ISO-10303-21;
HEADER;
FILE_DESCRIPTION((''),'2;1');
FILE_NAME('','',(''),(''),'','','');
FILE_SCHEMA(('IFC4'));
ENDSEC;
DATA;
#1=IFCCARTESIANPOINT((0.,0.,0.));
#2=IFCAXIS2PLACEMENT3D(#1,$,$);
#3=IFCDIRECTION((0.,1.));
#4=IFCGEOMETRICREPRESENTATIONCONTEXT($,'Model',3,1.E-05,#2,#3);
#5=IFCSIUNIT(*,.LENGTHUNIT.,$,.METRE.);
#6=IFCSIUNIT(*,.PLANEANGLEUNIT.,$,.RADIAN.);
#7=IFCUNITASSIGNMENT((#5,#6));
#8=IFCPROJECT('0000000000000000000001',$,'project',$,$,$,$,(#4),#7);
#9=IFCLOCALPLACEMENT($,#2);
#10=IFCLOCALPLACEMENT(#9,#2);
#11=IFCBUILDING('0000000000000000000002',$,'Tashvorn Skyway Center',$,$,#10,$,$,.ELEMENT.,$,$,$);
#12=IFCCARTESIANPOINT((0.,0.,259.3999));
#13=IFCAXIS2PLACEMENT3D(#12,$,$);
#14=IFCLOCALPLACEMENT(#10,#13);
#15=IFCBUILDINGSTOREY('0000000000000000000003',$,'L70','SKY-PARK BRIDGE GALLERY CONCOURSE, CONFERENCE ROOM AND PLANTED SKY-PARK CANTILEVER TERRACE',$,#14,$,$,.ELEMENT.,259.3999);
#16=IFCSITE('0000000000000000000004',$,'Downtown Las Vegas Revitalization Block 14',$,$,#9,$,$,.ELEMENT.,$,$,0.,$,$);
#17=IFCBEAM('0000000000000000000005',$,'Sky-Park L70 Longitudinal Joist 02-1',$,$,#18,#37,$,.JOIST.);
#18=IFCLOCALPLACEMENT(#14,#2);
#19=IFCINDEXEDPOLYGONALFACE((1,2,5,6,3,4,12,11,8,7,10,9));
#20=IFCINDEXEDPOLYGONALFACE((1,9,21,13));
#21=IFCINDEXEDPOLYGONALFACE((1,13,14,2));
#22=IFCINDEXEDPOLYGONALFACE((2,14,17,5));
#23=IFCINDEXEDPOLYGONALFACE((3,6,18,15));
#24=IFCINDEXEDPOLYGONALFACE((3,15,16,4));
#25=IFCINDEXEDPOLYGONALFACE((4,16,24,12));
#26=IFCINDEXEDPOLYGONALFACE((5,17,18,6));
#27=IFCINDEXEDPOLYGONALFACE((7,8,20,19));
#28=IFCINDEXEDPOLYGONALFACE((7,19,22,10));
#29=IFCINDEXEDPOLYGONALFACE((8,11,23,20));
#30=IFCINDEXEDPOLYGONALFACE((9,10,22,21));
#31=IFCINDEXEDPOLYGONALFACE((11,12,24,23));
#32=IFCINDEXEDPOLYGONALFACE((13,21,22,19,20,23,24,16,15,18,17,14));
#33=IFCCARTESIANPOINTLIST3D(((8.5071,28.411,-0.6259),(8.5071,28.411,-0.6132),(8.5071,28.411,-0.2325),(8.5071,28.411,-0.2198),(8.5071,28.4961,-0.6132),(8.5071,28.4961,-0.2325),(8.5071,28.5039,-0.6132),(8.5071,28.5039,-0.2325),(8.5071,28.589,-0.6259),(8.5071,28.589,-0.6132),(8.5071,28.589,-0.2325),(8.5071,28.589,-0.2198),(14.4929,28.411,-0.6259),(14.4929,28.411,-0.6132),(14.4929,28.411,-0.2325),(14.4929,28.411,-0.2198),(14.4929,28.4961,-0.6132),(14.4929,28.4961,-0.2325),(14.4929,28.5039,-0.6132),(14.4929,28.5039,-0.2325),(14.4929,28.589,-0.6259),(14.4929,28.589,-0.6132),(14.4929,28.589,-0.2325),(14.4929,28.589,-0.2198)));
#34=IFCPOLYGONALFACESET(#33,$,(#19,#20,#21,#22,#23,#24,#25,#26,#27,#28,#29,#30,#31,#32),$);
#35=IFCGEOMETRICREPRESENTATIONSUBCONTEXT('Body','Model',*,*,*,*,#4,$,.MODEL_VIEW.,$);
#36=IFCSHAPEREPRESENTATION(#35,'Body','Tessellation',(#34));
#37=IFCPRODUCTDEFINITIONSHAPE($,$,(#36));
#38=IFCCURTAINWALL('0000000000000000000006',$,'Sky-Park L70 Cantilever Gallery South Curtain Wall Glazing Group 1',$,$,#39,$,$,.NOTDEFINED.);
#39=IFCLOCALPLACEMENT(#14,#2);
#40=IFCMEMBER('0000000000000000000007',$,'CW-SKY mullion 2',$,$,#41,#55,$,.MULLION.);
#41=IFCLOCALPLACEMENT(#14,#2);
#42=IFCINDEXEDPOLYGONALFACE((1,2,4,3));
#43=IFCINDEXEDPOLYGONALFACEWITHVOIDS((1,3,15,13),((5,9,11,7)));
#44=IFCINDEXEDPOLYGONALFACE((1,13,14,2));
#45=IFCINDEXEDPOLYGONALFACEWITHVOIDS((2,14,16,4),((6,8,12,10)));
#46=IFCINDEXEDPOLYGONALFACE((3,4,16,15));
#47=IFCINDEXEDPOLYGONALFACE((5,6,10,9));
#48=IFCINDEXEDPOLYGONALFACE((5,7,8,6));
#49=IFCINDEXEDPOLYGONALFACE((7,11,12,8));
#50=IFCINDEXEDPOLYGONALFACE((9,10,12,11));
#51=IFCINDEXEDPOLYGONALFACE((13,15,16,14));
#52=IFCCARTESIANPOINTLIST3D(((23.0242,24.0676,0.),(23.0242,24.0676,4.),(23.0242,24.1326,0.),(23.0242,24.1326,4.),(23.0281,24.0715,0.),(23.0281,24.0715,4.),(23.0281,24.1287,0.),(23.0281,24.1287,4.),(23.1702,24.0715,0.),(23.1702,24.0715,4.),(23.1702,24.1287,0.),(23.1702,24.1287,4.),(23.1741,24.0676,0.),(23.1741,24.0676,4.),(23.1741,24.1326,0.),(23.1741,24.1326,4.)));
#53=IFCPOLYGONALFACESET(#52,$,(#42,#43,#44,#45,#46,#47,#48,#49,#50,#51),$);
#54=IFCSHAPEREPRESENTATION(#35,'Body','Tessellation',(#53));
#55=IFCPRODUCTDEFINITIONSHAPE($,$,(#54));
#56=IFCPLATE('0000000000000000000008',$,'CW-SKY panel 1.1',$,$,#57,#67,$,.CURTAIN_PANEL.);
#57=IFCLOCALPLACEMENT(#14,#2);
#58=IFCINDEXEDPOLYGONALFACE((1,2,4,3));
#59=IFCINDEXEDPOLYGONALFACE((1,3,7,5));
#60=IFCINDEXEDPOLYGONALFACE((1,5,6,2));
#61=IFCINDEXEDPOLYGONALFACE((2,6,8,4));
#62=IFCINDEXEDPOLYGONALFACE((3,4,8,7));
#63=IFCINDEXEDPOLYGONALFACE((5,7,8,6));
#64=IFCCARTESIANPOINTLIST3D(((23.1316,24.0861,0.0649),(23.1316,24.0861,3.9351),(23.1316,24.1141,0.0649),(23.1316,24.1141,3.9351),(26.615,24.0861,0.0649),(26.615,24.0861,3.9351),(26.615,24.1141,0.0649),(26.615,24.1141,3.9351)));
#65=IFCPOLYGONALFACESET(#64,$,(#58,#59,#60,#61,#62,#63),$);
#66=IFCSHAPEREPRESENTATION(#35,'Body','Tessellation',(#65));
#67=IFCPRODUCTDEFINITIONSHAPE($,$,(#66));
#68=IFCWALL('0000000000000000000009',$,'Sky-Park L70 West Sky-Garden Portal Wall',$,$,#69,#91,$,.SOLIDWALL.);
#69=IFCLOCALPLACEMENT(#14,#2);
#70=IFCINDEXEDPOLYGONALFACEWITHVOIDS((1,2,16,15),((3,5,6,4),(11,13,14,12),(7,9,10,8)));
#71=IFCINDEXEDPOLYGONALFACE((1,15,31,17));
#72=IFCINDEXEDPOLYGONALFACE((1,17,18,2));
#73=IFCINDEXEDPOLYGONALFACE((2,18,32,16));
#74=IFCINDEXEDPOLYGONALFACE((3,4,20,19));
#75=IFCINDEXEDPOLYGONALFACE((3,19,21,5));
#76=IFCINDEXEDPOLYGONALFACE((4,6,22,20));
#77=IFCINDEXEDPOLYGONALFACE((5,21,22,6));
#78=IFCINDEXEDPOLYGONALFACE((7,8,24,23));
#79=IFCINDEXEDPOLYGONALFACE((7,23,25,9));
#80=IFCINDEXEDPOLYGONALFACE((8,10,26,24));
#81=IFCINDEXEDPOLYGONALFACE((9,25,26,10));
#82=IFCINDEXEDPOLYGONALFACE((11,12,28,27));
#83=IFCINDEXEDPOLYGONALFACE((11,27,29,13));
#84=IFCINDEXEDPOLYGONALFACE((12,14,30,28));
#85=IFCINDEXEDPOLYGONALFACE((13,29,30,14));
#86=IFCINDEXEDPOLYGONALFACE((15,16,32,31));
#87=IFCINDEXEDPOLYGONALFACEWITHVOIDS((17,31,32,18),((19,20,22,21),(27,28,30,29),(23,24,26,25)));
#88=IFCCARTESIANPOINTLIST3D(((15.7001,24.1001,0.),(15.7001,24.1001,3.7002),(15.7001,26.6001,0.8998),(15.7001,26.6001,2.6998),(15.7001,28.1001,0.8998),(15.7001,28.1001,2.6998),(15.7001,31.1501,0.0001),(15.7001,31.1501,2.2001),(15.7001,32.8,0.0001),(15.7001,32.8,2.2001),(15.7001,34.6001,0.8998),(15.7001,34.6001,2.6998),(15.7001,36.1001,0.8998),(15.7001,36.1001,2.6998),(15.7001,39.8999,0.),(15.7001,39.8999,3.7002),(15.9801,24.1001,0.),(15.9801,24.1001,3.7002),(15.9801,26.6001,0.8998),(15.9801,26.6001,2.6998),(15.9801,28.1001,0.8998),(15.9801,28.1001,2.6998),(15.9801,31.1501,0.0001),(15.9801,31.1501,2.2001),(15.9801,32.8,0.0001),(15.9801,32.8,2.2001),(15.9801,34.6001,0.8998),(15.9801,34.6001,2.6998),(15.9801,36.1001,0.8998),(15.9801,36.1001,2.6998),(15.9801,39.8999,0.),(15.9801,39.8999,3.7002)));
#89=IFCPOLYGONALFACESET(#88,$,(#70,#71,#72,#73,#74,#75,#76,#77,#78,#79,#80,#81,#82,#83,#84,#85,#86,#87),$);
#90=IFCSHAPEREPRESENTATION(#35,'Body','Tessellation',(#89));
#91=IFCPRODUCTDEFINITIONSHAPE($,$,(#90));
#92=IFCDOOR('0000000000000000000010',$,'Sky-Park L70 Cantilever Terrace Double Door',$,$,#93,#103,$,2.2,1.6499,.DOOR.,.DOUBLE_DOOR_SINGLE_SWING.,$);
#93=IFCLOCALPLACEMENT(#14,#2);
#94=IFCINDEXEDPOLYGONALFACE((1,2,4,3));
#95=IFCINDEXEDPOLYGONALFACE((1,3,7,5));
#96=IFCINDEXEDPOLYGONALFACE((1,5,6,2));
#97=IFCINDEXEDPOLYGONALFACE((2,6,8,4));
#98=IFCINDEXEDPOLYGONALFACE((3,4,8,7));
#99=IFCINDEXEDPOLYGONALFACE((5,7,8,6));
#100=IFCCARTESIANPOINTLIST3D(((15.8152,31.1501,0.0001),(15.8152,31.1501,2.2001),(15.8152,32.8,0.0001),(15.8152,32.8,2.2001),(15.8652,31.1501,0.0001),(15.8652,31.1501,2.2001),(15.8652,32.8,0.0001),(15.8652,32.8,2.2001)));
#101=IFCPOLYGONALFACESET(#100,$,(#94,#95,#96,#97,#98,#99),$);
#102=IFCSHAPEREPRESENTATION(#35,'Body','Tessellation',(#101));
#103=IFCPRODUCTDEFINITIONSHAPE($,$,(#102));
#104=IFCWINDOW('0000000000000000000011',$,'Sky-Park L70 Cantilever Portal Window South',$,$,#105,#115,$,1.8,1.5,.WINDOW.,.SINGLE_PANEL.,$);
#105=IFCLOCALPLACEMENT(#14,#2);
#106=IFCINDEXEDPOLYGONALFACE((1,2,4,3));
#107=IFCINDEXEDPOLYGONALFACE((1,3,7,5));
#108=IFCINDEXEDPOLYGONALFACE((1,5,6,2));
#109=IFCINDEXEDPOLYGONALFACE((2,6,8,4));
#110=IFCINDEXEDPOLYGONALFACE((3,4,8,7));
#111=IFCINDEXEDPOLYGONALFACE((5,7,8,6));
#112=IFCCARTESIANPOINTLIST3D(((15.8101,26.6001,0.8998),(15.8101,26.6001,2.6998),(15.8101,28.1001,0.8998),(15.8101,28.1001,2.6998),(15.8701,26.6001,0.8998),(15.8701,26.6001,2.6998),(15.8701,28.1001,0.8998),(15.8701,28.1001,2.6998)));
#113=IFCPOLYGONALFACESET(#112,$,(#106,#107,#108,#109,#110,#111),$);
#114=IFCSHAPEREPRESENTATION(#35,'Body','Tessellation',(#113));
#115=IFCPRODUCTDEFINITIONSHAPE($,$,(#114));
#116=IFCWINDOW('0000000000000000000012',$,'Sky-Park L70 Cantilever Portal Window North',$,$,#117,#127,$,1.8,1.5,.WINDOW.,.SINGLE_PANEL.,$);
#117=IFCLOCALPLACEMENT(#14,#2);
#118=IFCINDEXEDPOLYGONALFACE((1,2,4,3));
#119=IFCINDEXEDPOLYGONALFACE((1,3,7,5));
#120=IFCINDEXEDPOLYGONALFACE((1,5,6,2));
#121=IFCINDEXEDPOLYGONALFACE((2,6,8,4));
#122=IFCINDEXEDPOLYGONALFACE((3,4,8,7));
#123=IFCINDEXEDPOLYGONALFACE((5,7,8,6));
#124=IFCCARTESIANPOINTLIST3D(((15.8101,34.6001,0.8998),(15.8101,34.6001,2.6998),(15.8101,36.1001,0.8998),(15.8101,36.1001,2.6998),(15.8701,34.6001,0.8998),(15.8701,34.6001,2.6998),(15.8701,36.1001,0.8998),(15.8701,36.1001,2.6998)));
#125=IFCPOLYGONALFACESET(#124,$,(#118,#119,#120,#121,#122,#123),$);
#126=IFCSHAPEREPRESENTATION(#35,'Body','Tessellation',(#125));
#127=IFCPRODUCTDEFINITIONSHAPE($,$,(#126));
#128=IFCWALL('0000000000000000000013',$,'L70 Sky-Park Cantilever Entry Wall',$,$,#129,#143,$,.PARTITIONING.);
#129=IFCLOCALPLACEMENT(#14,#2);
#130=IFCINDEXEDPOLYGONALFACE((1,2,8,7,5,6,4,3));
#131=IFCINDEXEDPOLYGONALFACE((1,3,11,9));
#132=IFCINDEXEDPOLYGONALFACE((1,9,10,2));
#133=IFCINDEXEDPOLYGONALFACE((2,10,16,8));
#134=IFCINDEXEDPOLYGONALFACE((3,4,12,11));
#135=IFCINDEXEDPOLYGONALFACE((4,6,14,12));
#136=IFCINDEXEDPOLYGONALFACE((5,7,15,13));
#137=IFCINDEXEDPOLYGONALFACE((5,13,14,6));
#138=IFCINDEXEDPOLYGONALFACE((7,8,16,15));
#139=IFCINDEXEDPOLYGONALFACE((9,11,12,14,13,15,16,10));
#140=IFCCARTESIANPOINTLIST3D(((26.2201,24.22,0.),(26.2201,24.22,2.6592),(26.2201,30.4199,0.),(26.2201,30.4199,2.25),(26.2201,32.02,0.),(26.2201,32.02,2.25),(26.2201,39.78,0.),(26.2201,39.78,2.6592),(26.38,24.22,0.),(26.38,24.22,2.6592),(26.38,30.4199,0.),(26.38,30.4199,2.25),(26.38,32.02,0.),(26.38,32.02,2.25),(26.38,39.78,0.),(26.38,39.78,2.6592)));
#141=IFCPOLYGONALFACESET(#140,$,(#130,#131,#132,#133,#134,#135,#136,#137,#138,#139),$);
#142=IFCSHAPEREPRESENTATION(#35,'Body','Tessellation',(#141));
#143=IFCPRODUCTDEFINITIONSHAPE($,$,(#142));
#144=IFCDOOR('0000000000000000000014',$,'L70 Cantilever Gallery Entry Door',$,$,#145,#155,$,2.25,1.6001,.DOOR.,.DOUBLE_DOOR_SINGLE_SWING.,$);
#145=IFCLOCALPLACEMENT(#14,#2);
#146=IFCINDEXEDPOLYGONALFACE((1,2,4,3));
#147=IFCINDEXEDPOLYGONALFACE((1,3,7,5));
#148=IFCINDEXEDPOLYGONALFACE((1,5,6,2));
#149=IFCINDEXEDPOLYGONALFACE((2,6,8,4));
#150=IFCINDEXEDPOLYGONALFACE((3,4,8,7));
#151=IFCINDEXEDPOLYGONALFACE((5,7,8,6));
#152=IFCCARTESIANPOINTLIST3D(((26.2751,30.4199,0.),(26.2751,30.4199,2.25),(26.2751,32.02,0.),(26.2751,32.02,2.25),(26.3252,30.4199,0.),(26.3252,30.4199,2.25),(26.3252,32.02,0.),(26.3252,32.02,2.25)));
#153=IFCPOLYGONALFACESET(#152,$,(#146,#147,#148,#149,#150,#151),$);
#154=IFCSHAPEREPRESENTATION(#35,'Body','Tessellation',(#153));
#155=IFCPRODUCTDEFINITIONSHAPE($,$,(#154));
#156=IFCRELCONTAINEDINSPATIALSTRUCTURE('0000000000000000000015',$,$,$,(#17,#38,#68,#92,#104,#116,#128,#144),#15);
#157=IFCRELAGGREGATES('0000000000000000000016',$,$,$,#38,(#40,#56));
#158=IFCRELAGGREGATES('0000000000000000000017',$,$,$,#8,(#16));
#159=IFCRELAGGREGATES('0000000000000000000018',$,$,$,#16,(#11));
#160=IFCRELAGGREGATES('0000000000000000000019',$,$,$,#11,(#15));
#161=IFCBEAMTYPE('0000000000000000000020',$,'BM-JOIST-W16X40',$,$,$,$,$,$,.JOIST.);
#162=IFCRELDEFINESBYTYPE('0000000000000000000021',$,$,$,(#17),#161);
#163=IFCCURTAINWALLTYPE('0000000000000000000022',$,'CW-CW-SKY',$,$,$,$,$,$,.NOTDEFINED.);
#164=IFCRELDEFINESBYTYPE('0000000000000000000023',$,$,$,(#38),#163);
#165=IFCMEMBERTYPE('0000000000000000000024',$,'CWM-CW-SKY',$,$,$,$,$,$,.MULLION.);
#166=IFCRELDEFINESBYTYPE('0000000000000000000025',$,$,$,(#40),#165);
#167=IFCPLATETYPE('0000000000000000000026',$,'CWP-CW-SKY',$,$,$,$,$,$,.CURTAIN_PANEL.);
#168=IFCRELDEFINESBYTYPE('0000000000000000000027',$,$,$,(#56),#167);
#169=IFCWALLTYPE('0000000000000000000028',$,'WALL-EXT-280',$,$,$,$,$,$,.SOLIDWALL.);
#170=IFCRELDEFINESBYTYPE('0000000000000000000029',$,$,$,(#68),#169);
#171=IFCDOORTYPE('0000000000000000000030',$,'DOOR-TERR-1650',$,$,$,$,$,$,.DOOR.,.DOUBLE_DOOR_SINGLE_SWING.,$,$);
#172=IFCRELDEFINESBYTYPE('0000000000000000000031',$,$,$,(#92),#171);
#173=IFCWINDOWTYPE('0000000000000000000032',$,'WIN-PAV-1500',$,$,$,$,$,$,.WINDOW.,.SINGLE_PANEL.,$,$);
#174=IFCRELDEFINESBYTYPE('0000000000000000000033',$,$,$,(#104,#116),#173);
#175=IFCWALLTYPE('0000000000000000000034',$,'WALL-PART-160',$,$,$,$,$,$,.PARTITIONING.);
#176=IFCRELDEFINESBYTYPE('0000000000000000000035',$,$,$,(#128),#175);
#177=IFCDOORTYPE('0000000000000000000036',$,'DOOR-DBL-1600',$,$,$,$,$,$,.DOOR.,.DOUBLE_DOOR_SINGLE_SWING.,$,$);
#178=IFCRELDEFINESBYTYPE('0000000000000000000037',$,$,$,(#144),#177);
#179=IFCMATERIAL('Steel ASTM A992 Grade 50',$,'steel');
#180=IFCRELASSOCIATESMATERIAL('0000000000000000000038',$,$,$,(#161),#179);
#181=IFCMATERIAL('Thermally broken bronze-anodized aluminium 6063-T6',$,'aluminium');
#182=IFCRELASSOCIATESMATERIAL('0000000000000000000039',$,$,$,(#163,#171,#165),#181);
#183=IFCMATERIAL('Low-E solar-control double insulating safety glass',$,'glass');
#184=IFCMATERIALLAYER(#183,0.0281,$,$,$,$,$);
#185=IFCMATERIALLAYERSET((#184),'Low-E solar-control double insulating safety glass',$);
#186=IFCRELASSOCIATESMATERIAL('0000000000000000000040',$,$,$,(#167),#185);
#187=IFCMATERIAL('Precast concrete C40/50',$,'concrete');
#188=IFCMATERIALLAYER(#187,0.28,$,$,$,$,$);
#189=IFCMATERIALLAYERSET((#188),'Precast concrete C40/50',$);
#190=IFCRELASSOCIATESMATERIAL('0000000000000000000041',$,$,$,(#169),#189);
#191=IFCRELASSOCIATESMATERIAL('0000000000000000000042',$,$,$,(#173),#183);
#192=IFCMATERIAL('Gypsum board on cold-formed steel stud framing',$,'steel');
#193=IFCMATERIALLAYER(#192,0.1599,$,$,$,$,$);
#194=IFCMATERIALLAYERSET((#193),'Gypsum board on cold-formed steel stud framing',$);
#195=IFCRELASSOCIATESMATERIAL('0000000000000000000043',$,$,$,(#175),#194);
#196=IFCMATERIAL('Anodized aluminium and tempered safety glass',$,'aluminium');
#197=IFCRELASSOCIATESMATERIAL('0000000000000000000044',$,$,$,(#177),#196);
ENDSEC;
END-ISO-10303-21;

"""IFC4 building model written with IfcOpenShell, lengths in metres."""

from ifc_helpers import new_model, si_unit, direction, frame, frame_2d, origin, origin_2d, place, context, subcontext, project, spatial, rectangle, hollow_rectangle, i_section, extrude, material, layer, layer_set, material_profile, profile_set, type_object, element, fill, aggregate, save


model = new_model("IFC4")

# Units and contexts
model_context = context("Model", 3, precision=1e-05, world=origin(), true_north=direction((0.0, 1.0)))
body_context = subcontext(model_context, "Body", "Model", "MODEL_VIEW")
ifc_project = project(units=[si_unit("LENGTHUNIT", "METRE"), si_unit("PLANEANGLEUNIT", "RADIAN")], contexts=[model_context])

# Site, building, storey
site_placement = place(None, origin())
site = spatial("IfcSite", under=ifc_project, at=site_placement, Name="Downtown Las Vegas Revitalization Block 14", CompositionType="ELEMENT", RefElevation=0.0)
building_placement = place(site_placement, origin())
building = spatial("IfcBuilding", under=site, at=building_placement, Name="Tashvorn Skyway Center", CompositionType="ELEMENT")
storey_placement = place(building_placement, frame((0.0, 0.0, 259.3999)))
storey = spatial("IfcBuildingStorey", under=building, at=storey_placement, Name="L70", Description="SKY-PARK BRIDGE GALLERY CONCOURSE, CONFERENCE ROOM AND PLANTED SKY-PARK CANTILEVER TERRACE", CompositionType="ELEMENT", Elevation=259.3999)

# Beam
ifc_material_1 = material(Name="Steel ASTM A992 Grade 50", Category="steel")
ifc_material_profile_1 = material_profile(ifc_material_1, i_section(OverallWidth=0.178, OverallDepth=0.406, WebThickness=0.0078, FlangeThickness=0.0127, at=origin_2d()), Name="W16X40")
ifc_profile_set_1 = profile_set([ifc_material_profile_1], Name="Steel ASTM A992 Grade 50")
beam_type_1 = type_object("IfcBeamType", Name="BM-JOIST-W16X40", PredefinedType="JOIST", material=ifc_profile_set_1)
beam_1_placement = place(storey_placement, frame((8.5071, 28.5, -0.4229), z_axis=(1.0, 0.0, 0.0), x_axis=(0.0, 1.0, 0.0)))
element("IfcBeam", 1, at=beam_1_placement, inside=storey, type_object=beam_type_1, Name="Sky-Park L70 Longitudinal Joist 02-1", PredefinedType="JOIST", context=body_context, shape_type="SweptSolid", body=[
    extrude(i_section(OverallWidth=0.178, OverallDepth=0.406, WebThickness=0.0078, FlangeThickness=0.0127, at=origin_2d()), origin(), (0.0, 0.0, 1.0), 5.9858),
])

# Curtain wall, member, plate
ifc_material_2 = material(Name="Thermally broken bronze-anodized aluminium 6063-T6", Category="aluminium")
curtain_wall_type = type_object("IfcCurtainWallType", Name="CW-CW-SKY", PredefinedType="NOTDEFINED", material=ifc_material_2)
curtain_wall_placement = place(storey_placement, origin())
curtain_wall = element("IfcCurtainWall", 2, at=curtain_wall_placement, inside=storey, type_object=curtain_wall_type, Name="Sky-Park L70 Cantilever Gallery South Curtain Wall Glazing Group 1", PredefinedType="NOTDEFINED")
ifc_material_profile_2 = material_profile(ifc_material_2, hollow_rectangle(XDim=0.0649, YDim=0.1499, WallThickness=0.0039, at=origin_2d()), Name="ALU-MULL-65x150")
ifc_profile_set_2 = profile_set([ifc_material_profile_2], Name="Thermally broken bronze-anodized aluminium 6063-T6")
member_type = type_object("IfcMemberType", Name="CWM-CW-SKY", PredefinedType="MULLION", material=ifc_profile_set_2)
member_placement = place(storey_placement, frame((23.0991, 24.1001, 0.0), z_axis=(0.0, 0.0, 1.0), x_axis=(0.0, -1.0, 0.0)))
member = element("IfcMember", 3, at=member_placement, type_object=member_type, Name="CW-SKY mullion 2", PredefinedType="MULLION", context=body_context, shape_type="SweptSolid", body=[
    extrude(hollow_rectangle(XDim=0.0649, YDim=0.1499, WallThickness=0.0039, at=origin_2d()), origin(), (0.0, 0.0, 1.0), 4.0),
])
ifc_material_3 = material(Name="Low-E solar-control double insulating safety glass", Category="glass")
ifc_layer_1 = layer(ifc_material_3, 0.0281)
ifc_layer_set_1 = layer_set([ifc_layer_1], Name="Low-E solar-control double insulating safety glass")
plate_type = type_object("IfcPlateType", Name="CWP-CW-SKY", PredefinedType="CURTAIN_PANEL", material=ifc_layer_set_1)
plate_placement = place(storey_placement, frame((24.8733, 24.1001, 0.0649), z_axis=(0.0, 0.0, 1.0), x_axis=(-1.0, 0.0, 0.0)))
plate = element("IfcPlate", 4, at=plate_placement, type_object=plate_type, Name="CW-SKY panel 1.1", PredefinedType="CURTAIN_PANEL", context=body_context, shape_type="SweptSolid", body=[
    extrude(rectangle(XDim=3.4834, YDim=0.0281, at=origin_2d()), origin(), (0.0, 0.0, 1.0), 3.8701),
])
aggregate(curtain_wall, [member, plate])

# Wall, openings, door, windows
ifc_material_4 = material(Name="Precast concrete C40/50", Category="concrete")
ifc_layer_2 = layer(ifc_material_4, 0.28)
ifc_layer_set_2 = layer_set([ifc_layer_2], Name="Precast concrete C40/50")
wall_type_1 = type_object("IfcWallType", Name="WALL-EXT-280", PredefinedType="SOLIDWALL", material=ifc_layer_set_2)
wall_1_placement = place(storey_placement, frame((15.8401, 24.1001, 0.0), z_axis=(0.0, 0.0, 1.0), x_axis=(0.0, 1.0, 0.0)))
wall_1 = element("IfcWall", 5, at=wall_1_placement, inside=storey, type_object=wall_type_1, Name="Sky-Park L70 West Sky-Garden Portal Wall", PredefinedType="SOLIDWALL", context=body_context, shape_type="SweptSolid", body=[
    extrude(rectangle(XDim=15.7998, YDim=0.28, at=frame_2d((7.8999, 0.0))), origin(), (0.0, 0.0, 1.0), 3.7002),
])
opening_1_placement = place(wall_1_placement, frame((7.05, 0.0, 0.0)))
opening_1 = element("IfcOpeningElement", 6, at=opening_1_placement, cuts=wall_1, PredefinedType="OPENING", context=body_context, shape_type="SweptSolid", body=[
    extrude(rectangle(XDim=1.6499, YDim=2.2, at=frame_2d((0.825, 1.1001))), frame((0.0, 0.1499, 0.0), z_axis=(0.0, -1.0, 0.0), x_axis=(1.0, 0.0, 0.0)), (0.0, 0.0, 1.0), 0.3),
])
opening_2_placement = place(wall_1_placement, frame((2.5, 0.0, 0.8999)))
opening_2 = element("IfcOpeningElement", 7, at=opening_2_placement, cuts=wall_1, PredefinedType="OPENING", context=body_context, shape_type="SweptSolid", body=[
    extrude(rectangle(XDim=1.5, YDim=1.8, at=frame_2d((0.75, 0.8999))), frame((0.0, 0.1499, 0.0), z_axis=(0.0, -1.0, 0.0), x_axis=(1.0, 0.0, 0.0)), (0.0, 0.0, 1.0), 0.3),
])
opening_3_placement = place(wall_1_placement, frame((10.5, 0.0, 0.8999)))
opening_3 = element("IfcOpeningElement", 8, at=opening_3_placement, cuts=wall_1, PredefinedType="OPENING", context=body_context, shape_type="SweptSolid", body=[
    extrude(rectangle(XDim=1.5, YDim=1.8, at=frame_2d((0.75, 0.8999))), frame((0.0, 0.1499, 0.0), z_axis=(0.0, -1.0, 0.0), x_axis=(1.0, 0.0, 0.0)), (0.0, 0.0, 1.0), 0.3),
])
door_type_1 = type_object("IfcDoorType", Name="DOOR-TERR-1650", OperationType="DOUBLE_DOOR_SINGLE_SWING", PredefinedType="DOOR", material=ifc_material_2)
door_1_placement = place(opening_1_placement, origin())
door_1 = element("IfcDoor", 9, at=door_1_placement, inside=storey, type_object=door_type_1, Name="Sky-Park L70 Cantilever Terrace Double Door", OperationType="DOUBLE_DOOR_SINGLE_SWING", OverallHeight=2.2, OverallWidth=1.6499, PredefinedType="DOOR", context=body_context, shape_type="SweptSolid", body=[
    extrude(rectangle(XDim=1.6499, YDim=2.2, at=frame_2d((0.825, 1.1001))), frame((0.0, 0.0249, 0.0), z_axis=(0.0, -1.0, 0.0), x_axis=(1.0, 0.0, 0.0)), (0.0, 0.0, 1.0), 0.05),
])
fill(opening_1, door_1)
window_type = type_object("IfcWindowType", Name="WIN-PAV-1500", PartitioningType="SINGLE_PANEL", PredefinedType="WINDOW", material=ifc_material_3)
window_1_placement = place(opening_2_placement, origin())
window_1 = element("IfcWindow", 10, at=window_1_placement, inside=storey, type_object=window_type, Name="Sky-Park L70 Cantilever Portal Window South", OverallHeight=1.8, OverallWidth=1.5, PartitioningType="SINGLE_PANEL", PredefinedType="WINDOW", context=body_context, shape_type="SweptSolid", body=[
    extrude(rectangle(XDim=1.5, YDim=1.8, at=frame_2d((0.75, 0.8999))), frame((0.0, 0.03, 0.0), z_axis=(0.0, -1.0, 0.0), x_axis=(1.0, 0.0, 0.0)), (0.0, 0.0, 1.0), 0.0601),
])
fill(opening_2, window_1)
window_2_placement = place(opening_3_placement, origin())
window_2 = element("IfcWindow", 11, at=window_2_placement, inside=storey, type_object=window_type, Name="Sky-Park L70 Cantilever Portal Window North", OverallHeight=1.8, OverallWidth=1.5, PartitioningType="SINGLE_PANEL", PredefinedType="WINDOW", context=body_context, shape_type="SweptSolid", body=[
    extrude(rectangle(XDim=1.5, YDim=1.8, at=frame_2d((0.75, 0.8999))), frame((0.0, 0.03, 0.0), z_axis=(0.0, -1.0, 0.0), x_axis=(1.0, 0.0, 0.0)), (0.0, 0.0, 1.0), 0.0601),
])
fill(opening_3, window_2)

# Wall, opening, door
ifc_material_5 = material(Name="Gypsum board on cold-formed steel stud framing", Category="steel")
ifc_layer_3 = layer(ifc_material_5, 0.1599)
ifc_layer_set_3 = layer_set([ifc_layer_3], Name="Gypsum board on cold-formed steel stud framing")
wall_type_2 = type_object("IfcWallType", Name="WALL-PART-160", PredefinedType="PARTITIONING", material=ifc_layer_set_3)
wall_2_placement = place(storey_placement, frame((26.3, 24.22, 0.0), z_axis=(0.0, 0.0, 1.0), x_axis=(0.0, 1.0, 0.0)))
wall_2 = element("IfcWall", 12, at=wall_2_placement, inside=storey, type_object=wall_type_2, Name="L70 Sky-Park Cantilever Entry Wall", PredefinedType="PARTITIONING", context=body_context, shape_type="SweptSolid", body=[
    extrude(rectangle(XDim=15.5601, YDim=0.1599, at=frame_2d((7.78, 0.0))), origin(), (0.0, 0.0, 1.0), 2.6592),
])
opening_4_placement = place(wall_2_placement, frame((6.2, 0.0, 0.0)))
opening_4 = element("IfcOpeningElement", 13, at=opening_4_placement, cuts=wall_2, PredefinedType="OPENING", context=body_context, shape_type="SweptSolid", body=[
    extrude(rectangle(XDim=1.6001, YDim=2.25, at=frame_2d((0.8, 1.125))), frame((0.0, 0.0898, 0.0), z_axis=(0.0, -1.0, 0.0), x_axis=(1.0, 0.0, 0.0)), (0.0, 0.0, 1.0), 0.1799),
])
ifc_material_6 = material(Name="Anodized aluminium and tempered safety glass", Category="aluminium")
door_type_2 = type_object("IfcDoorType", Name="DOOR-DBL-1600", OperationType="DOUBLE_DOOR_SINGLE_SWING", PredefinedType="DOOR", material=ifc_material_6)
door_2_placement = place(opening_4_placement, origin())
door_2 = element("IfcDoor", 14, at=door_2_placement, inside=storey, type_object=door_type_2, Name="L70 Cantilever Gallery Entry Door", OperationType="DOUBLE_DOOR_SINGLE_SWING", OverallHeight=2.25, OverallWidth=1.6001, PredefinedType="DOOR", context=body_context, shape_type="SweptSolid", body=[
    extrude(rectangle(XDim=1.6001, YDim=2.25, at=frame_2d((0.8, 1.125))), frame((0.0, 0.0249, 0.0), z_axis=(0.0, -1.0, 0.0), x_axis=(1.0, 0.0, 0.0)), (0.0, 0.0, 1.0), 0.05),
])
fill(opening_4, door_2)

save(model, "model.ifc")
